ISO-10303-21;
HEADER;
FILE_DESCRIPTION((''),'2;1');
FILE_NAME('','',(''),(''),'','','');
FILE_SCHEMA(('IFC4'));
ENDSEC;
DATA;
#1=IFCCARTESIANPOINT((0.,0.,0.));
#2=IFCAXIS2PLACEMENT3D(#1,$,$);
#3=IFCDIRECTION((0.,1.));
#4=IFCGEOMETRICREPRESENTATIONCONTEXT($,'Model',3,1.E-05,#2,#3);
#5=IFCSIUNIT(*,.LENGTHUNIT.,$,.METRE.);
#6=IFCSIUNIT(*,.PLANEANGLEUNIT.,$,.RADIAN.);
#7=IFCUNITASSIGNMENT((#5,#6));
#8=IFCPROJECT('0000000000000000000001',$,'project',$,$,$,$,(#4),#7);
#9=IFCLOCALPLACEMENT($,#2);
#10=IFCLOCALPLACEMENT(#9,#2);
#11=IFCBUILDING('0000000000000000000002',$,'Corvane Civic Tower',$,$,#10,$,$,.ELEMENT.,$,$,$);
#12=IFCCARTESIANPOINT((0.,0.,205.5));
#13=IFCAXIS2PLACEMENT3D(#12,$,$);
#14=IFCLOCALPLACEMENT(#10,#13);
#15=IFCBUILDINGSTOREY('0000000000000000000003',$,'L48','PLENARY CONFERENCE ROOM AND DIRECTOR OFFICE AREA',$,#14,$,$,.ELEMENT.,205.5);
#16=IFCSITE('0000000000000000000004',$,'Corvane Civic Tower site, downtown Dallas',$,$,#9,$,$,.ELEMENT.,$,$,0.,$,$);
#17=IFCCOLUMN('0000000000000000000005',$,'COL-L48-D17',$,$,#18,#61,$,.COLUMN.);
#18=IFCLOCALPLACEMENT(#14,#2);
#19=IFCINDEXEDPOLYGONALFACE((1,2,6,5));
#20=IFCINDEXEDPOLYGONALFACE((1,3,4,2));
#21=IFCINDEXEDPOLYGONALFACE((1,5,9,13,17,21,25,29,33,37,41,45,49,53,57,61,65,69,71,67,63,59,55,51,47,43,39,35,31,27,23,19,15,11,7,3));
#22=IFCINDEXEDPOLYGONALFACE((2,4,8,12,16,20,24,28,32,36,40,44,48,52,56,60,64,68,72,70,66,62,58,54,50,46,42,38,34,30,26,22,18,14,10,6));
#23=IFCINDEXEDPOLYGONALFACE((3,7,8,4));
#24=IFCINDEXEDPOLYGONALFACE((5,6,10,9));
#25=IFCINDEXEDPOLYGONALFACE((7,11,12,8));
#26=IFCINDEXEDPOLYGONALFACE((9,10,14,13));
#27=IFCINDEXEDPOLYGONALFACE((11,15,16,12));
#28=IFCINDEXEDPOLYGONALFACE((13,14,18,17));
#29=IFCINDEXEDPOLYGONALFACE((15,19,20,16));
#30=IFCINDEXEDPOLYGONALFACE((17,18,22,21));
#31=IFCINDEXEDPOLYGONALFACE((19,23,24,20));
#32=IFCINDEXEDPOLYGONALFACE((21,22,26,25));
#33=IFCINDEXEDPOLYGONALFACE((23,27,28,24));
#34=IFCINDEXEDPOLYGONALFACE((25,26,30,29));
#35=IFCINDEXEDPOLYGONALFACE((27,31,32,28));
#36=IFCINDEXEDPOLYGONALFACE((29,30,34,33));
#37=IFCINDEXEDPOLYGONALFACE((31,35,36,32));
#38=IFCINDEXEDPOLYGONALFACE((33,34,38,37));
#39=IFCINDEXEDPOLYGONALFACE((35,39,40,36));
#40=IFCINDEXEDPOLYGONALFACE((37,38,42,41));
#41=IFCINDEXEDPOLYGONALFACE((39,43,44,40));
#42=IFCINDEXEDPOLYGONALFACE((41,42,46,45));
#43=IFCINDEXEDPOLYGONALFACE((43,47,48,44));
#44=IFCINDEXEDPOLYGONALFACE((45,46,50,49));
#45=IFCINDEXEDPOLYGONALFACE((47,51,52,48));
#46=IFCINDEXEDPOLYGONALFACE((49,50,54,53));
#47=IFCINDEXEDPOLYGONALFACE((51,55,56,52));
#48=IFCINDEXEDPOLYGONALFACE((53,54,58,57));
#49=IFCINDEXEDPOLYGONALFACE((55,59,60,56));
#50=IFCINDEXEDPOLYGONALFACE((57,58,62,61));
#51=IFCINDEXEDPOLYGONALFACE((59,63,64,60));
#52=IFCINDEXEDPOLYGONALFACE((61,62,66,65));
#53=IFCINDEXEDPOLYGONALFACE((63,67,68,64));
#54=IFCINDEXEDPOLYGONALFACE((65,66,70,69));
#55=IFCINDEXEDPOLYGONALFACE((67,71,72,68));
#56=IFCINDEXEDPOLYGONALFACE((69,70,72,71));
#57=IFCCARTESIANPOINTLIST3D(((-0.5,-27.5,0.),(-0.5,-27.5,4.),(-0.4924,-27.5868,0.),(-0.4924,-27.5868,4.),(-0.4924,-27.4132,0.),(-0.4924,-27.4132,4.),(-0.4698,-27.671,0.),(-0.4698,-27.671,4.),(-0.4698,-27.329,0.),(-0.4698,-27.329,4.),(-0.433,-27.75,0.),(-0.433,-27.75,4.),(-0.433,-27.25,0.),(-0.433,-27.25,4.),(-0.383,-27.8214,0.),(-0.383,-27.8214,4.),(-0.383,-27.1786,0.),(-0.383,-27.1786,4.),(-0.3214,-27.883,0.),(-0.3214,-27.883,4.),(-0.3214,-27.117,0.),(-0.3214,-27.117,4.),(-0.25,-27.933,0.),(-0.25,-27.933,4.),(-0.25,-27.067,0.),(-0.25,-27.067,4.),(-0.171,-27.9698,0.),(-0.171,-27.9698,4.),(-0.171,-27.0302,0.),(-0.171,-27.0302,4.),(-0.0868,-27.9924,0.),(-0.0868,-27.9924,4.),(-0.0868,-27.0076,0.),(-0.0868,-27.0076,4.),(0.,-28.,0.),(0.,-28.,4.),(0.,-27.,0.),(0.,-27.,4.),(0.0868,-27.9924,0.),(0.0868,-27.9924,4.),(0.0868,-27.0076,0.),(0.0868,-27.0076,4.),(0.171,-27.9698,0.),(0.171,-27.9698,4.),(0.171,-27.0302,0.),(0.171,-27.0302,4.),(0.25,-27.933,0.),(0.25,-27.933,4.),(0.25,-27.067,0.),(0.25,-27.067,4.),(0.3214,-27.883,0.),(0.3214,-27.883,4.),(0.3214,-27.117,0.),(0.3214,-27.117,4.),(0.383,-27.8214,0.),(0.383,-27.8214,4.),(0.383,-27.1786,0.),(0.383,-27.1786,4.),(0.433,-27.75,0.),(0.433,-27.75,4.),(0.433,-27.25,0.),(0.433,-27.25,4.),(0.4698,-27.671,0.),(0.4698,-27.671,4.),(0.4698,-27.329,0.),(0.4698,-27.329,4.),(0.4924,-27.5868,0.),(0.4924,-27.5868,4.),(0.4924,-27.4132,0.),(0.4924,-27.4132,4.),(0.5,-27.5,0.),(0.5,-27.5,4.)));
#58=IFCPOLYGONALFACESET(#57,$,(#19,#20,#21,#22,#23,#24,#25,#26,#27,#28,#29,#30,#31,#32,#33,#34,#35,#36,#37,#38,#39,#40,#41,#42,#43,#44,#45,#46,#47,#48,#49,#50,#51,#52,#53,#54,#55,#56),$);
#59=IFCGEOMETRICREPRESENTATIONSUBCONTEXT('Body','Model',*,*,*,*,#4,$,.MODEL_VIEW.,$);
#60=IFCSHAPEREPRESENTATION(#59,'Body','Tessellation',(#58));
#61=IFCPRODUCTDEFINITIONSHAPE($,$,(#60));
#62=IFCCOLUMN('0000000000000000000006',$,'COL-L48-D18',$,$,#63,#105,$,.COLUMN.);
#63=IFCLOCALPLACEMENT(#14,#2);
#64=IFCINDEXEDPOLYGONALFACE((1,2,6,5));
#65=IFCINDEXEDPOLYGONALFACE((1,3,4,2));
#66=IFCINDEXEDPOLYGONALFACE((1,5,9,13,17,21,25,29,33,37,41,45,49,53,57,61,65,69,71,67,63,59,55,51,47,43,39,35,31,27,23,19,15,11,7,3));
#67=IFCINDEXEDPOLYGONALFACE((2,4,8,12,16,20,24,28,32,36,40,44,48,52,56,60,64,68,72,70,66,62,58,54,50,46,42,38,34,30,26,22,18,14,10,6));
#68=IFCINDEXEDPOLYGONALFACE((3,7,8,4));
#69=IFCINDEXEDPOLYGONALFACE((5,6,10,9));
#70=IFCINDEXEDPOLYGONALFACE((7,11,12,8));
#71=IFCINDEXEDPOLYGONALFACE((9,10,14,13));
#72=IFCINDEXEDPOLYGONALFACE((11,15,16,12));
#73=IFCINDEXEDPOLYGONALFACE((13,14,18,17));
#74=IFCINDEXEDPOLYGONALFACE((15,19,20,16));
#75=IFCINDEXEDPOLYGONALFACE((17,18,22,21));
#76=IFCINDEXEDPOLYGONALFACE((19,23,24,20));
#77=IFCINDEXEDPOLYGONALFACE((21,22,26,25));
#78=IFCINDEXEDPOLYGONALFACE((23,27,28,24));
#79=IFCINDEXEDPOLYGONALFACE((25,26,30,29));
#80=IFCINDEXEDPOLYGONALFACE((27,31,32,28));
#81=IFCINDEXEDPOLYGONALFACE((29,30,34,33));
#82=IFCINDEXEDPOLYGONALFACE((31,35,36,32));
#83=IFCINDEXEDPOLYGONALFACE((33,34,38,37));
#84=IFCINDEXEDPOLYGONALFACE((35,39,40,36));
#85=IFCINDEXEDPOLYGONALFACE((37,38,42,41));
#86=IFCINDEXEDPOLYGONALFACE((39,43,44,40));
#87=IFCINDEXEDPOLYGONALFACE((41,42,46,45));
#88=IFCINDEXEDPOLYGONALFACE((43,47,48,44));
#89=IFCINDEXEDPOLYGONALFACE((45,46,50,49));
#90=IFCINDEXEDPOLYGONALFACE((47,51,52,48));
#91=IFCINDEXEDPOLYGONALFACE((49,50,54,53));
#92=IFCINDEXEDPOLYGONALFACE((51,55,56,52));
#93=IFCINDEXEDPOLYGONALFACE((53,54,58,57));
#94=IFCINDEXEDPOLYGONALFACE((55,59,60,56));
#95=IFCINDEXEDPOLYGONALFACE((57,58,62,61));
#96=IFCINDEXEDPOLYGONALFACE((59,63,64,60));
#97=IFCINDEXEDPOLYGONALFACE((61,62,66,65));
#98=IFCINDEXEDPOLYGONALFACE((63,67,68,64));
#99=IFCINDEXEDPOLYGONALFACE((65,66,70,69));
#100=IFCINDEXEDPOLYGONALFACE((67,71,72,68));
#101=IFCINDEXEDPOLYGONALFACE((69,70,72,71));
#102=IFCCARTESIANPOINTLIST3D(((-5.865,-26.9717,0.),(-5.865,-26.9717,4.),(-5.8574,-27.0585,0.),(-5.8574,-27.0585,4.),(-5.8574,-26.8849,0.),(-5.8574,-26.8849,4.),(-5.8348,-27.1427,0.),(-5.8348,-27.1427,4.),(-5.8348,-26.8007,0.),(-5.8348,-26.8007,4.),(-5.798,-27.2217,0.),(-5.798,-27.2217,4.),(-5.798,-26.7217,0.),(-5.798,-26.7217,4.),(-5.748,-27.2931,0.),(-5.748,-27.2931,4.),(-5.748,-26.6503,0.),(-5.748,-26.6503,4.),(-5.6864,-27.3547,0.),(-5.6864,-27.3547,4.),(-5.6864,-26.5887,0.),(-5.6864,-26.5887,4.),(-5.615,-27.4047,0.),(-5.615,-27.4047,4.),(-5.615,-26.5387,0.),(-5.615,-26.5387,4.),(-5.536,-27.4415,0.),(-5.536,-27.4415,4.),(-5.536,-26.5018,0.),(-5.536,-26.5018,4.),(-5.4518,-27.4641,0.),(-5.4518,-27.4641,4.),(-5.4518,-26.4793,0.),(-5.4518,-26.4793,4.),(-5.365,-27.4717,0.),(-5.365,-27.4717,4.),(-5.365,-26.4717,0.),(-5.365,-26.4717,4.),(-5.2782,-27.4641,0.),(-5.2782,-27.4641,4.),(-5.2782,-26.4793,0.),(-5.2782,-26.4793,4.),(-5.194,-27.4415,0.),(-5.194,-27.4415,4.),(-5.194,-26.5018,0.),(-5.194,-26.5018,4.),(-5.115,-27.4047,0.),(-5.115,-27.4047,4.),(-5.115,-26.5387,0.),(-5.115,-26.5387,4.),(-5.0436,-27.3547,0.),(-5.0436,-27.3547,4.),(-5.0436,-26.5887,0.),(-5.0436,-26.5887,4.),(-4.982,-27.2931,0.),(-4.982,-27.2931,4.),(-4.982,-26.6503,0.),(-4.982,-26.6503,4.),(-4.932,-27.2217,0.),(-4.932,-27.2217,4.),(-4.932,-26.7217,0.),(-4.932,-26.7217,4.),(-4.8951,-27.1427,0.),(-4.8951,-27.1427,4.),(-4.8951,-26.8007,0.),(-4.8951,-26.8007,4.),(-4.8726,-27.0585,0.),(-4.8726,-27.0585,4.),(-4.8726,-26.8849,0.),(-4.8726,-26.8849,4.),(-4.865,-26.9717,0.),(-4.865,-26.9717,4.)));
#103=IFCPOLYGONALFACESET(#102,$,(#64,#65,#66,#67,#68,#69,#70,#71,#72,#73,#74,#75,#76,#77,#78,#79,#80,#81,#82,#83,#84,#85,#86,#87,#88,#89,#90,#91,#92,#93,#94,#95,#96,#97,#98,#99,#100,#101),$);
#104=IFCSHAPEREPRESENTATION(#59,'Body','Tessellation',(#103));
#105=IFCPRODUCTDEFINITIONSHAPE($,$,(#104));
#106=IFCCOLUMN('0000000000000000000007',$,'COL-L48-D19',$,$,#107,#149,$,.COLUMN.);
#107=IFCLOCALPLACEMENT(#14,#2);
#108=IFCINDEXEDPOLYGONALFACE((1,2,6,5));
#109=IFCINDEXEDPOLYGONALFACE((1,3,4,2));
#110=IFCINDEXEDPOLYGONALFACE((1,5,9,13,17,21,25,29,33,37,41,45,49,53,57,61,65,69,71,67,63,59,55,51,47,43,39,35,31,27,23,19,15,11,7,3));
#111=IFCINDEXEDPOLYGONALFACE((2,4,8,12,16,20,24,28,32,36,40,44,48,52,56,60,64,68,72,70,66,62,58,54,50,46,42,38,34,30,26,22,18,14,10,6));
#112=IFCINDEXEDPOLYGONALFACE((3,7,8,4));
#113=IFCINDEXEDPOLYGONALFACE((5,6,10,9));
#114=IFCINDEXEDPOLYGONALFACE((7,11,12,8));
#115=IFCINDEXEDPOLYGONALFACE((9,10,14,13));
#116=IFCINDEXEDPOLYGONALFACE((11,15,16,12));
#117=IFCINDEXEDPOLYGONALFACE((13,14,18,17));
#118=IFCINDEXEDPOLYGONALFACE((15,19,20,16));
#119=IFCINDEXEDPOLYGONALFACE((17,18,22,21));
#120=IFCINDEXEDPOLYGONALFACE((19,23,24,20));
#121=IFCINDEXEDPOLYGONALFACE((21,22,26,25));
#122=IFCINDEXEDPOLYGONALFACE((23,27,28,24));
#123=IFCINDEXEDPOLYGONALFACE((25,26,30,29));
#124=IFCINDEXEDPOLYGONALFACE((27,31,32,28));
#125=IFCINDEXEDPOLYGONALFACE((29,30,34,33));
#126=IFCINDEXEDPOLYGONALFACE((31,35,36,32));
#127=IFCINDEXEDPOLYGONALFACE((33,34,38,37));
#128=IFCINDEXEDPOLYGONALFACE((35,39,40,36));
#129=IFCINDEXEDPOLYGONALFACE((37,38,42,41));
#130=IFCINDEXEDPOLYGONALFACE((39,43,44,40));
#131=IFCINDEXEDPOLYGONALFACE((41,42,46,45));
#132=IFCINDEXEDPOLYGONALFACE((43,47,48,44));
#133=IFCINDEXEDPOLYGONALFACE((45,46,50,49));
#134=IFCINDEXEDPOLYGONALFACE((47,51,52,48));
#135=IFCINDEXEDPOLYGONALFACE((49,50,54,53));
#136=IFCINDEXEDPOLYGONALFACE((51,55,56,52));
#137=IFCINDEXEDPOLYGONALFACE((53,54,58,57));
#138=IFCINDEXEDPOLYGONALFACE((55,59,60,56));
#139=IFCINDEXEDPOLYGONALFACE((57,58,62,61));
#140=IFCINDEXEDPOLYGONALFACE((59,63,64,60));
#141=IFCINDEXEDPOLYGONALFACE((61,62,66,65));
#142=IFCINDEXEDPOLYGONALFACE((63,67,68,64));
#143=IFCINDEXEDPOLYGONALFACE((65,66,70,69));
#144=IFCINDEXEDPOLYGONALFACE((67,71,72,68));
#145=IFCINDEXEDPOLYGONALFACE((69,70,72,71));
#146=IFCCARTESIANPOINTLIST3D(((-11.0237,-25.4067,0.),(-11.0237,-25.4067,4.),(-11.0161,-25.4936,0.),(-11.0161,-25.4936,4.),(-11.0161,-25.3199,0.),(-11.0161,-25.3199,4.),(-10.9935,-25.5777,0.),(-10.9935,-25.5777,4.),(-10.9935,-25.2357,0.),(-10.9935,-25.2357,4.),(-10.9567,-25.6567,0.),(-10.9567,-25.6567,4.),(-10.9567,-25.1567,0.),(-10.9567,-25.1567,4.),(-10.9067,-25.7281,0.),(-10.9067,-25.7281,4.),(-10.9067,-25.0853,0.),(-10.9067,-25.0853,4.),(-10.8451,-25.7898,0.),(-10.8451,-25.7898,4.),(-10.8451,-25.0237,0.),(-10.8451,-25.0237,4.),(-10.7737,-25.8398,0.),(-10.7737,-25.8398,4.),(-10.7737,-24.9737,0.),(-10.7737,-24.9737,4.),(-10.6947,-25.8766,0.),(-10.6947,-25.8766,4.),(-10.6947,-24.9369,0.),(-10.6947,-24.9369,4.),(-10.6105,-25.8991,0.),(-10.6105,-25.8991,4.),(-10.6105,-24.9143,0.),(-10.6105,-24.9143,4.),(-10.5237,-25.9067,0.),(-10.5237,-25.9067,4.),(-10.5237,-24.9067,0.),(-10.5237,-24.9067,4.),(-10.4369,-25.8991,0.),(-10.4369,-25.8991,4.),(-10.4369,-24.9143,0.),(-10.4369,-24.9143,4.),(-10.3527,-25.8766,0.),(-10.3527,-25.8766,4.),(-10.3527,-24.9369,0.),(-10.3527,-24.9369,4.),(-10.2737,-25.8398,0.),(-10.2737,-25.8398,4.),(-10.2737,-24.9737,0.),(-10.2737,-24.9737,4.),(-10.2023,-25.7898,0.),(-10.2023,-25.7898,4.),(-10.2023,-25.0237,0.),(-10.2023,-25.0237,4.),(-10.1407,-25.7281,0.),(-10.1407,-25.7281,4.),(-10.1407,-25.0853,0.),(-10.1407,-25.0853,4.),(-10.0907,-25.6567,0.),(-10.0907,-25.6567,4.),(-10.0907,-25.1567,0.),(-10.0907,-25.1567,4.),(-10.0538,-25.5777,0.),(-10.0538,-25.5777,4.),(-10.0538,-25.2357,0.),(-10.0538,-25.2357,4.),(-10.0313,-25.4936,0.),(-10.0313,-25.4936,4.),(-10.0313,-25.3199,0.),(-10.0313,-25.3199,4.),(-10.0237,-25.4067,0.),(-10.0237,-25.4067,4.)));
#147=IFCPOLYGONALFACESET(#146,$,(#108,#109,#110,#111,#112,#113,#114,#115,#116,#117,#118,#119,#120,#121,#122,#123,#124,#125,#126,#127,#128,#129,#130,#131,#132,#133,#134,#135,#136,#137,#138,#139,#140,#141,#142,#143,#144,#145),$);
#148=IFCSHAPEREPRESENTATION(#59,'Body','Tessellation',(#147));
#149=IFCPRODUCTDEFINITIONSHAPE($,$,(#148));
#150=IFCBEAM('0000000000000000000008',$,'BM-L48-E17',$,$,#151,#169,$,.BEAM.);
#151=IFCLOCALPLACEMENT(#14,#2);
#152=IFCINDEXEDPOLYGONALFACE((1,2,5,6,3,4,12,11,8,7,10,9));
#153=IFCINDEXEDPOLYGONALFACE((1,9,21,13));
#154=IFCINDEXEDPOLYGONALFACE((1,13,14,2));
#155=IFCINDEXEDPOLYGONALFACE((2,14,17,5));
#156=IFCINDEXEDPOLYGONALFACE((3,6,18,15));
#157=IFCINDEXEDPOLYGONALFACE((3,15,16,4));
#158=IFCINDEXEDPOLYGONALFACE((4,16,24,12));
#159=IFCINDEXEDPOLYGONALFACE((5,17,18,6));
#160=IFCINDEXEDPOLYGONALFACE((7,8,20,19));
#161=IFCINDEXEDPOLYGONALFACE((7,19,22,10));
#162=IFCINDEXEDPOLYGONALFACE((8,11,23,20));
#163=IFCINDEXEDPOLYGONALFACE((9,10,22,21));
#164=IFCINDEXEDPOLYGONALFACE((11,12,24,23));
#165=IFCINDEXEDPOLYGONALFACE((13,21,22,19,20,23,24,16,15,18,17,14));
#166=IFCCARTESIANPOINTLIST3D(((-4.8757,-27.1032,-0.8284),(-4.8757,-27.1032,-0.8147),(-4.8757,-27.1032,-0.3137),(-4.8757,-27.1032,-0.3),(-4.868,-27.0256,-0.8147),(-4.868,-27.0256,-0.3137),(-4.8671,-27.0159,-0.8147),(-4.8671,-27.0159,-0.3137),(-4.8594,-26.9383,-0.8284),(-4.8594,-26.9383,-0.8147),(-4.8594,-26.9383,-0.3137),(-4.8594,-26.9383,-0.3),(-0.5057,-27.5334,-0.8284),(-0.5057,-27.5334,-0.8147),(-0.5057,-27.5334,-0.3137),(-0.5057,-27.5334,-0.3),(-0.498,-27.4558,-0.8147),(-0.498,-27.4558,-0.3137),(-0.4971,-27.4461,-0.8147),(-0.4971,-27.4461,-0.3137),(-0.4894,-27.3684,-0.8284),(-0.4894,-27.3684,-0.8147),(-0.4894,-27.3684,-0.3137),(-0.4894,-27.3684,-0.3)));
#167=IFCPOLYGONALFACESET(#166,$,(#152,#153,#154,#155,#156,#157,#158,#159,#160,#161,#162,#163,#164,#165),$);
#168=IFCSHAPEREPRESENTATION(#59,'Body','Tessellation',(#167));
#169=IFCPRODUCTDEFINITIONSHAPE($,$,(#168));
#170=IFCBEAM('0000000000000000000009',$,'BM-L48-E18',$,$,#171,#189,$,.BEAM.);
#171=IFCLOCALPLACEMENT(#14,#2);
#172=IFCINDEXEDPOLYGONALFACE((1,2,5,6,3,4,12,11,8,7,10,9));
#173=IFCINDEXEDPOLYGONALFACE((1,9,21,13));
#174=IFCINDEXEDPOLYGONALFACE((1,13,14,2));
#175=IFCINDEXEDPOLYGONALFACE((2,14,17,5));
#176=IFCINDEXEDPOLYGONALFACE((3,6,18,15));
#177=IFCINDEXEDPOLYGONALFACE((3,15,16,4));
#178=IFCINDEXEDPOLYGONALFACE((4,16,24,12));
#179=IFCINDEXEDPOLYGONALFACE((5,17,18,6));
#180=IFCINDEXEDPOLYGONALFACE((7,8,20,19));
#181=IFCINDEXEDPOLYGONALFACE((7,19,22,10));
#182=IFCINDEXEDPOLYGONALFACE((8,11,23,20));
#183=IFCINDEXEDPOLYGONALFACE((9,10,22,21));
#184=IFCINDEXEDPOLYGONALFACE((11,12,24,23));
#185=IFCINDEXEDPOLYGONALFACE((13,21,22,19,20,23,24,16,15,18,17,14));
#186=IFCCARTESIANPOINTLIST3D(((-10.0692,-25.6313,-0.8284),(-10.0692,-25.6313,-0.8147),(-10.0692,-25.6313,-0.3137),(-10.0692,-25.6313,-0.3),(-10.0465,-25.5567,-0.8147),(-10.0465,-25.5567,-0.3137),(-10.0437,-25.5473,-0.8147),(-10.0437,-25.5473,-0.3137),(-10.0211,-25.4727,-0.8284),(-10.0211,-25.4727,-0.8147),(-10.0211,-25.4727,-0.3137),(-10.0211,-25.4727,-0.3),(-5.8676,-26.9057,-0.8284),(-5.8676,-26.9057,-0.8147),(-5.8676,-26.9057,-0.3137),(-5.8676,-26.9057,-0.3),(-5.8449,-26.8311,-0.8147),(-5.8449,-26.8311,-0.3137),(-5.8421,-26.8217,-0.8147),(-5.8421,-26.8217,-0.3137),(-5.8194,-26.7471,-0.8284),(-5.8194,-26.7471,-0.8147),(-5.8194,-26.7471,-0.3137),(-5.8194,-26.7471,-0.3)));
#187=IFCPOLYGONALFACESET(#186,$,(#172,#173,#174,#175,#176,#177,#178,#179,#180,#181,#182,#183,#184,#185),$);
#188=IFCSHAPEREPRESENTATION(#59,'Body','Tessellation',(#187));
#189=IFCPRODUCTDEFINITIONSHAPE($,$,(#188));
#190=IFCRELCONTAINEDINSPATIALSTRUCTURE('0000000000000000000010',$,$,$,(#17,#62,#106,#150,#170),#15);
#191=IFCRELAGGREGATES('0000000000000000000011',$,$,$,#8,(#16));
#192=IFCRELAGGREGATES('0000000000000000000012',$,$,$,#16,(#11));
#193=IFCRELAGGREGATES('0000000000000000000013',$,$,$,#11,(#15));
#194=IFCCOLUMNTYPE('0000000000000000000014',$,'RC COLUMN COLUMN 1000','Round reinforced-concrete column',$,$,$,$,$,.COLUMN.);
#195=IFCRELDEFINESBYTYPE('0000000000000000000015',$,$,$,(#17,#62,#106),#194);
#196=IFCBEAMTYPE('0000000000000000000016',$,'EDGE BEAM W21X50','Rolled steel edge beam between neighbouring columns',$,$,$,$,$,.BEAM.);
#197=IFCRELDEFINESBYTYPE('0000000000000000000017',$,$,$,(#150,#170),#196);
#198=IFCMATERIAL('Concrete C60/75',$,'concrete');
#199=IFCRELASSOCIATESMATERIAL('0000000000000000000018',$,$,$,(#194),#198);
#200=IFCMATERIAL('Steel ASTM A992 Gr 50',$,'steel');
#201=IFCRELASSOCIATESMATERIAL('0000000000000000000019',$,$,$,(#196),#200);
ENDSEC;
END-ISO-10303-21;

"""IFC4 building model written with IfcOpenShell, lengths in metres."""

from ifc_helpers import new_model, si_unit, direction, frame, origin, origin_2d, place, context, subcontext, project, spatial, circle, i_section, extrude, material, material_profile, profile_set, type_object, element, save


model = new_model("IFC4")

# Units and contexts
model_context = context("Model", 3, precision=1e-05, world=origin(), true_north=direction((0.0, 1.0)))
body_context = subcontext(model_context, "Body", "Model", "MODEL_VIEW")
ifc_project = project(units=[si_unit("LENGTHUNIT", "METRE"), si_unit("PLANEANGLEUNIT", "RADIAN")], contexts=[model_context])

# Site, building, storey
site_placement = place(None, origin())
site = spatial("IfcSite", under=ifc_project, at=site_placement, Name="Corvane Civic Tower site, downtown Dallas", CompositionType="ELEMENT", RefElevation=0.0)
building_placement = place(site_placement, origin())
building = spatial("IfcBuilding", under=site, at=building_placement, Name="Corvane Civic Tower", CompositionType="ELEMENT")
storey_placement = place(building_placement, frame((0.0, 0.0, 205.5)))
storey = spatial("IfcBuildingStorey", under=building, at=storey_placement, Name="L48", Description="PLENARY CONFERENCE ROOM AND DIRECTOR OFFICE AREA", CompositionType="ELEMENT", Elevation=205.5)

# Columns
ifc_material_1 = material(Name="Concrete C60/75", Category="concrete")
ifc_material_profile_1 = material_profile(ifc_material_1, circle(Radius=0.5, at=origin_2d()), Name="COLUMN 1000")
ifc_profile_set_1 = profile_set([ifc_material_profile_1], Name="Concrete C60/75")
column_type = type_object("IfcColumnType", Name="RC COLUMN COLUMN 1000", Description="Round reinforced-concrete column", PredefinedType="COLUMN", material=ifc_profile_set_1)
for number, where, z_axis, x_axis, name in (
    (1, (0.0, -27.5, 0.0), (0.0, 0.0, 1.0), (1.0, 0.0, 0.0), "COL-L48-D17"),
    (2, (-5.365, -26.9717, 0.0), (0.0, 0.0, 1.0), (1.0, 0.0, 0.0), "COL-L48-D18"),
    (3, (-10.5237, -25.4067, 0.0), (0.0, 0.0, 1.0), (1.0, 0.0, 0.0), "COL-L48-D19"),
):
    element("IfcColumn", number, at=place(storey_placement, frame(where, z_axis=z_axis, x_axis=x_axis)), inside=storey, type_object=column_type, Name=name, PredefinedType="COLUMN", context=body_context, shape_type="SweptSolid", body=[
        extrude(circle(Radius=0.5, at=origin_2d()), origin(), (0.0, 0.0, 1.0), 4.0),
    ])

# Beams
ifc_material_2 = material(Name="Steel ASTM A992 Gr 50", Category="steel")
ifc_material_profile_2 = material_profile(ifc_material_2, i_section(OverallWidth=0.1658, OverallDepth=0.5283, WebThickness=0.0098, FlangeThickness=0.0137, at=origin_2d()), Name="W21X50")
ifc_profile_set_2 = profile_set([ifc_material_profile_2], Name="Steel ASTM A992 Gr 50")
beam_type_1 = type_object("IfcBeamType", Name="EDGE BEAM W21X50", Description="Rolled steel edge beam between neighbouring columns", PredefinedType="BEAM", material=ifc_profile_set_2)
beam_1_placement = place(storey_placement, frame((-0.4976, -27.4509, -0.5642), z_axis=(-0.99519, 0.097968, 0.0), x_axis=(-0.097968, -0.99519, 0.0)))
element("IfcBeam", 4, at=beam_1_placement, inside=storey, type_object=beam_type_1, Name="BM-L48-E17", PredefinedType="BEAM", context=body_context, shape_type="SweptSolid", body=[
    extrude(i_section(OverallWidth=0.1658, OverallDepth=0.5283, WebThickness=0.0098, FlangeThickness=0.0137, at=origin_2d()), origin(), (0.0, 0.0, 1.0), 4.3911),
])
beam_2_placement = place(storey_placement, frame((-5.8435, -26.8264, -0.5642), z_axis=(-0.95695, 0.290254, 0.0), x_axis=(-0.290254, -0.95695, 0.0)))
element("IfcBeam", 5, at=beam_2_placement, inside=storey, type_object=beam_type_1, Name="BM-L48-E18", PredefinedType="BEAM", context=body_context, shape_type="SweptSolid", body=[
    extrude(i_section(OverallWidth=0.1658, OverallDepth=0.5283, WebThickness=0.0098, FlangeThickness=0.0137, at=origin_2d()), origin(), (0.0, 0.0, 1.0), 4.3906),
])

save(model, "model.ifc")
